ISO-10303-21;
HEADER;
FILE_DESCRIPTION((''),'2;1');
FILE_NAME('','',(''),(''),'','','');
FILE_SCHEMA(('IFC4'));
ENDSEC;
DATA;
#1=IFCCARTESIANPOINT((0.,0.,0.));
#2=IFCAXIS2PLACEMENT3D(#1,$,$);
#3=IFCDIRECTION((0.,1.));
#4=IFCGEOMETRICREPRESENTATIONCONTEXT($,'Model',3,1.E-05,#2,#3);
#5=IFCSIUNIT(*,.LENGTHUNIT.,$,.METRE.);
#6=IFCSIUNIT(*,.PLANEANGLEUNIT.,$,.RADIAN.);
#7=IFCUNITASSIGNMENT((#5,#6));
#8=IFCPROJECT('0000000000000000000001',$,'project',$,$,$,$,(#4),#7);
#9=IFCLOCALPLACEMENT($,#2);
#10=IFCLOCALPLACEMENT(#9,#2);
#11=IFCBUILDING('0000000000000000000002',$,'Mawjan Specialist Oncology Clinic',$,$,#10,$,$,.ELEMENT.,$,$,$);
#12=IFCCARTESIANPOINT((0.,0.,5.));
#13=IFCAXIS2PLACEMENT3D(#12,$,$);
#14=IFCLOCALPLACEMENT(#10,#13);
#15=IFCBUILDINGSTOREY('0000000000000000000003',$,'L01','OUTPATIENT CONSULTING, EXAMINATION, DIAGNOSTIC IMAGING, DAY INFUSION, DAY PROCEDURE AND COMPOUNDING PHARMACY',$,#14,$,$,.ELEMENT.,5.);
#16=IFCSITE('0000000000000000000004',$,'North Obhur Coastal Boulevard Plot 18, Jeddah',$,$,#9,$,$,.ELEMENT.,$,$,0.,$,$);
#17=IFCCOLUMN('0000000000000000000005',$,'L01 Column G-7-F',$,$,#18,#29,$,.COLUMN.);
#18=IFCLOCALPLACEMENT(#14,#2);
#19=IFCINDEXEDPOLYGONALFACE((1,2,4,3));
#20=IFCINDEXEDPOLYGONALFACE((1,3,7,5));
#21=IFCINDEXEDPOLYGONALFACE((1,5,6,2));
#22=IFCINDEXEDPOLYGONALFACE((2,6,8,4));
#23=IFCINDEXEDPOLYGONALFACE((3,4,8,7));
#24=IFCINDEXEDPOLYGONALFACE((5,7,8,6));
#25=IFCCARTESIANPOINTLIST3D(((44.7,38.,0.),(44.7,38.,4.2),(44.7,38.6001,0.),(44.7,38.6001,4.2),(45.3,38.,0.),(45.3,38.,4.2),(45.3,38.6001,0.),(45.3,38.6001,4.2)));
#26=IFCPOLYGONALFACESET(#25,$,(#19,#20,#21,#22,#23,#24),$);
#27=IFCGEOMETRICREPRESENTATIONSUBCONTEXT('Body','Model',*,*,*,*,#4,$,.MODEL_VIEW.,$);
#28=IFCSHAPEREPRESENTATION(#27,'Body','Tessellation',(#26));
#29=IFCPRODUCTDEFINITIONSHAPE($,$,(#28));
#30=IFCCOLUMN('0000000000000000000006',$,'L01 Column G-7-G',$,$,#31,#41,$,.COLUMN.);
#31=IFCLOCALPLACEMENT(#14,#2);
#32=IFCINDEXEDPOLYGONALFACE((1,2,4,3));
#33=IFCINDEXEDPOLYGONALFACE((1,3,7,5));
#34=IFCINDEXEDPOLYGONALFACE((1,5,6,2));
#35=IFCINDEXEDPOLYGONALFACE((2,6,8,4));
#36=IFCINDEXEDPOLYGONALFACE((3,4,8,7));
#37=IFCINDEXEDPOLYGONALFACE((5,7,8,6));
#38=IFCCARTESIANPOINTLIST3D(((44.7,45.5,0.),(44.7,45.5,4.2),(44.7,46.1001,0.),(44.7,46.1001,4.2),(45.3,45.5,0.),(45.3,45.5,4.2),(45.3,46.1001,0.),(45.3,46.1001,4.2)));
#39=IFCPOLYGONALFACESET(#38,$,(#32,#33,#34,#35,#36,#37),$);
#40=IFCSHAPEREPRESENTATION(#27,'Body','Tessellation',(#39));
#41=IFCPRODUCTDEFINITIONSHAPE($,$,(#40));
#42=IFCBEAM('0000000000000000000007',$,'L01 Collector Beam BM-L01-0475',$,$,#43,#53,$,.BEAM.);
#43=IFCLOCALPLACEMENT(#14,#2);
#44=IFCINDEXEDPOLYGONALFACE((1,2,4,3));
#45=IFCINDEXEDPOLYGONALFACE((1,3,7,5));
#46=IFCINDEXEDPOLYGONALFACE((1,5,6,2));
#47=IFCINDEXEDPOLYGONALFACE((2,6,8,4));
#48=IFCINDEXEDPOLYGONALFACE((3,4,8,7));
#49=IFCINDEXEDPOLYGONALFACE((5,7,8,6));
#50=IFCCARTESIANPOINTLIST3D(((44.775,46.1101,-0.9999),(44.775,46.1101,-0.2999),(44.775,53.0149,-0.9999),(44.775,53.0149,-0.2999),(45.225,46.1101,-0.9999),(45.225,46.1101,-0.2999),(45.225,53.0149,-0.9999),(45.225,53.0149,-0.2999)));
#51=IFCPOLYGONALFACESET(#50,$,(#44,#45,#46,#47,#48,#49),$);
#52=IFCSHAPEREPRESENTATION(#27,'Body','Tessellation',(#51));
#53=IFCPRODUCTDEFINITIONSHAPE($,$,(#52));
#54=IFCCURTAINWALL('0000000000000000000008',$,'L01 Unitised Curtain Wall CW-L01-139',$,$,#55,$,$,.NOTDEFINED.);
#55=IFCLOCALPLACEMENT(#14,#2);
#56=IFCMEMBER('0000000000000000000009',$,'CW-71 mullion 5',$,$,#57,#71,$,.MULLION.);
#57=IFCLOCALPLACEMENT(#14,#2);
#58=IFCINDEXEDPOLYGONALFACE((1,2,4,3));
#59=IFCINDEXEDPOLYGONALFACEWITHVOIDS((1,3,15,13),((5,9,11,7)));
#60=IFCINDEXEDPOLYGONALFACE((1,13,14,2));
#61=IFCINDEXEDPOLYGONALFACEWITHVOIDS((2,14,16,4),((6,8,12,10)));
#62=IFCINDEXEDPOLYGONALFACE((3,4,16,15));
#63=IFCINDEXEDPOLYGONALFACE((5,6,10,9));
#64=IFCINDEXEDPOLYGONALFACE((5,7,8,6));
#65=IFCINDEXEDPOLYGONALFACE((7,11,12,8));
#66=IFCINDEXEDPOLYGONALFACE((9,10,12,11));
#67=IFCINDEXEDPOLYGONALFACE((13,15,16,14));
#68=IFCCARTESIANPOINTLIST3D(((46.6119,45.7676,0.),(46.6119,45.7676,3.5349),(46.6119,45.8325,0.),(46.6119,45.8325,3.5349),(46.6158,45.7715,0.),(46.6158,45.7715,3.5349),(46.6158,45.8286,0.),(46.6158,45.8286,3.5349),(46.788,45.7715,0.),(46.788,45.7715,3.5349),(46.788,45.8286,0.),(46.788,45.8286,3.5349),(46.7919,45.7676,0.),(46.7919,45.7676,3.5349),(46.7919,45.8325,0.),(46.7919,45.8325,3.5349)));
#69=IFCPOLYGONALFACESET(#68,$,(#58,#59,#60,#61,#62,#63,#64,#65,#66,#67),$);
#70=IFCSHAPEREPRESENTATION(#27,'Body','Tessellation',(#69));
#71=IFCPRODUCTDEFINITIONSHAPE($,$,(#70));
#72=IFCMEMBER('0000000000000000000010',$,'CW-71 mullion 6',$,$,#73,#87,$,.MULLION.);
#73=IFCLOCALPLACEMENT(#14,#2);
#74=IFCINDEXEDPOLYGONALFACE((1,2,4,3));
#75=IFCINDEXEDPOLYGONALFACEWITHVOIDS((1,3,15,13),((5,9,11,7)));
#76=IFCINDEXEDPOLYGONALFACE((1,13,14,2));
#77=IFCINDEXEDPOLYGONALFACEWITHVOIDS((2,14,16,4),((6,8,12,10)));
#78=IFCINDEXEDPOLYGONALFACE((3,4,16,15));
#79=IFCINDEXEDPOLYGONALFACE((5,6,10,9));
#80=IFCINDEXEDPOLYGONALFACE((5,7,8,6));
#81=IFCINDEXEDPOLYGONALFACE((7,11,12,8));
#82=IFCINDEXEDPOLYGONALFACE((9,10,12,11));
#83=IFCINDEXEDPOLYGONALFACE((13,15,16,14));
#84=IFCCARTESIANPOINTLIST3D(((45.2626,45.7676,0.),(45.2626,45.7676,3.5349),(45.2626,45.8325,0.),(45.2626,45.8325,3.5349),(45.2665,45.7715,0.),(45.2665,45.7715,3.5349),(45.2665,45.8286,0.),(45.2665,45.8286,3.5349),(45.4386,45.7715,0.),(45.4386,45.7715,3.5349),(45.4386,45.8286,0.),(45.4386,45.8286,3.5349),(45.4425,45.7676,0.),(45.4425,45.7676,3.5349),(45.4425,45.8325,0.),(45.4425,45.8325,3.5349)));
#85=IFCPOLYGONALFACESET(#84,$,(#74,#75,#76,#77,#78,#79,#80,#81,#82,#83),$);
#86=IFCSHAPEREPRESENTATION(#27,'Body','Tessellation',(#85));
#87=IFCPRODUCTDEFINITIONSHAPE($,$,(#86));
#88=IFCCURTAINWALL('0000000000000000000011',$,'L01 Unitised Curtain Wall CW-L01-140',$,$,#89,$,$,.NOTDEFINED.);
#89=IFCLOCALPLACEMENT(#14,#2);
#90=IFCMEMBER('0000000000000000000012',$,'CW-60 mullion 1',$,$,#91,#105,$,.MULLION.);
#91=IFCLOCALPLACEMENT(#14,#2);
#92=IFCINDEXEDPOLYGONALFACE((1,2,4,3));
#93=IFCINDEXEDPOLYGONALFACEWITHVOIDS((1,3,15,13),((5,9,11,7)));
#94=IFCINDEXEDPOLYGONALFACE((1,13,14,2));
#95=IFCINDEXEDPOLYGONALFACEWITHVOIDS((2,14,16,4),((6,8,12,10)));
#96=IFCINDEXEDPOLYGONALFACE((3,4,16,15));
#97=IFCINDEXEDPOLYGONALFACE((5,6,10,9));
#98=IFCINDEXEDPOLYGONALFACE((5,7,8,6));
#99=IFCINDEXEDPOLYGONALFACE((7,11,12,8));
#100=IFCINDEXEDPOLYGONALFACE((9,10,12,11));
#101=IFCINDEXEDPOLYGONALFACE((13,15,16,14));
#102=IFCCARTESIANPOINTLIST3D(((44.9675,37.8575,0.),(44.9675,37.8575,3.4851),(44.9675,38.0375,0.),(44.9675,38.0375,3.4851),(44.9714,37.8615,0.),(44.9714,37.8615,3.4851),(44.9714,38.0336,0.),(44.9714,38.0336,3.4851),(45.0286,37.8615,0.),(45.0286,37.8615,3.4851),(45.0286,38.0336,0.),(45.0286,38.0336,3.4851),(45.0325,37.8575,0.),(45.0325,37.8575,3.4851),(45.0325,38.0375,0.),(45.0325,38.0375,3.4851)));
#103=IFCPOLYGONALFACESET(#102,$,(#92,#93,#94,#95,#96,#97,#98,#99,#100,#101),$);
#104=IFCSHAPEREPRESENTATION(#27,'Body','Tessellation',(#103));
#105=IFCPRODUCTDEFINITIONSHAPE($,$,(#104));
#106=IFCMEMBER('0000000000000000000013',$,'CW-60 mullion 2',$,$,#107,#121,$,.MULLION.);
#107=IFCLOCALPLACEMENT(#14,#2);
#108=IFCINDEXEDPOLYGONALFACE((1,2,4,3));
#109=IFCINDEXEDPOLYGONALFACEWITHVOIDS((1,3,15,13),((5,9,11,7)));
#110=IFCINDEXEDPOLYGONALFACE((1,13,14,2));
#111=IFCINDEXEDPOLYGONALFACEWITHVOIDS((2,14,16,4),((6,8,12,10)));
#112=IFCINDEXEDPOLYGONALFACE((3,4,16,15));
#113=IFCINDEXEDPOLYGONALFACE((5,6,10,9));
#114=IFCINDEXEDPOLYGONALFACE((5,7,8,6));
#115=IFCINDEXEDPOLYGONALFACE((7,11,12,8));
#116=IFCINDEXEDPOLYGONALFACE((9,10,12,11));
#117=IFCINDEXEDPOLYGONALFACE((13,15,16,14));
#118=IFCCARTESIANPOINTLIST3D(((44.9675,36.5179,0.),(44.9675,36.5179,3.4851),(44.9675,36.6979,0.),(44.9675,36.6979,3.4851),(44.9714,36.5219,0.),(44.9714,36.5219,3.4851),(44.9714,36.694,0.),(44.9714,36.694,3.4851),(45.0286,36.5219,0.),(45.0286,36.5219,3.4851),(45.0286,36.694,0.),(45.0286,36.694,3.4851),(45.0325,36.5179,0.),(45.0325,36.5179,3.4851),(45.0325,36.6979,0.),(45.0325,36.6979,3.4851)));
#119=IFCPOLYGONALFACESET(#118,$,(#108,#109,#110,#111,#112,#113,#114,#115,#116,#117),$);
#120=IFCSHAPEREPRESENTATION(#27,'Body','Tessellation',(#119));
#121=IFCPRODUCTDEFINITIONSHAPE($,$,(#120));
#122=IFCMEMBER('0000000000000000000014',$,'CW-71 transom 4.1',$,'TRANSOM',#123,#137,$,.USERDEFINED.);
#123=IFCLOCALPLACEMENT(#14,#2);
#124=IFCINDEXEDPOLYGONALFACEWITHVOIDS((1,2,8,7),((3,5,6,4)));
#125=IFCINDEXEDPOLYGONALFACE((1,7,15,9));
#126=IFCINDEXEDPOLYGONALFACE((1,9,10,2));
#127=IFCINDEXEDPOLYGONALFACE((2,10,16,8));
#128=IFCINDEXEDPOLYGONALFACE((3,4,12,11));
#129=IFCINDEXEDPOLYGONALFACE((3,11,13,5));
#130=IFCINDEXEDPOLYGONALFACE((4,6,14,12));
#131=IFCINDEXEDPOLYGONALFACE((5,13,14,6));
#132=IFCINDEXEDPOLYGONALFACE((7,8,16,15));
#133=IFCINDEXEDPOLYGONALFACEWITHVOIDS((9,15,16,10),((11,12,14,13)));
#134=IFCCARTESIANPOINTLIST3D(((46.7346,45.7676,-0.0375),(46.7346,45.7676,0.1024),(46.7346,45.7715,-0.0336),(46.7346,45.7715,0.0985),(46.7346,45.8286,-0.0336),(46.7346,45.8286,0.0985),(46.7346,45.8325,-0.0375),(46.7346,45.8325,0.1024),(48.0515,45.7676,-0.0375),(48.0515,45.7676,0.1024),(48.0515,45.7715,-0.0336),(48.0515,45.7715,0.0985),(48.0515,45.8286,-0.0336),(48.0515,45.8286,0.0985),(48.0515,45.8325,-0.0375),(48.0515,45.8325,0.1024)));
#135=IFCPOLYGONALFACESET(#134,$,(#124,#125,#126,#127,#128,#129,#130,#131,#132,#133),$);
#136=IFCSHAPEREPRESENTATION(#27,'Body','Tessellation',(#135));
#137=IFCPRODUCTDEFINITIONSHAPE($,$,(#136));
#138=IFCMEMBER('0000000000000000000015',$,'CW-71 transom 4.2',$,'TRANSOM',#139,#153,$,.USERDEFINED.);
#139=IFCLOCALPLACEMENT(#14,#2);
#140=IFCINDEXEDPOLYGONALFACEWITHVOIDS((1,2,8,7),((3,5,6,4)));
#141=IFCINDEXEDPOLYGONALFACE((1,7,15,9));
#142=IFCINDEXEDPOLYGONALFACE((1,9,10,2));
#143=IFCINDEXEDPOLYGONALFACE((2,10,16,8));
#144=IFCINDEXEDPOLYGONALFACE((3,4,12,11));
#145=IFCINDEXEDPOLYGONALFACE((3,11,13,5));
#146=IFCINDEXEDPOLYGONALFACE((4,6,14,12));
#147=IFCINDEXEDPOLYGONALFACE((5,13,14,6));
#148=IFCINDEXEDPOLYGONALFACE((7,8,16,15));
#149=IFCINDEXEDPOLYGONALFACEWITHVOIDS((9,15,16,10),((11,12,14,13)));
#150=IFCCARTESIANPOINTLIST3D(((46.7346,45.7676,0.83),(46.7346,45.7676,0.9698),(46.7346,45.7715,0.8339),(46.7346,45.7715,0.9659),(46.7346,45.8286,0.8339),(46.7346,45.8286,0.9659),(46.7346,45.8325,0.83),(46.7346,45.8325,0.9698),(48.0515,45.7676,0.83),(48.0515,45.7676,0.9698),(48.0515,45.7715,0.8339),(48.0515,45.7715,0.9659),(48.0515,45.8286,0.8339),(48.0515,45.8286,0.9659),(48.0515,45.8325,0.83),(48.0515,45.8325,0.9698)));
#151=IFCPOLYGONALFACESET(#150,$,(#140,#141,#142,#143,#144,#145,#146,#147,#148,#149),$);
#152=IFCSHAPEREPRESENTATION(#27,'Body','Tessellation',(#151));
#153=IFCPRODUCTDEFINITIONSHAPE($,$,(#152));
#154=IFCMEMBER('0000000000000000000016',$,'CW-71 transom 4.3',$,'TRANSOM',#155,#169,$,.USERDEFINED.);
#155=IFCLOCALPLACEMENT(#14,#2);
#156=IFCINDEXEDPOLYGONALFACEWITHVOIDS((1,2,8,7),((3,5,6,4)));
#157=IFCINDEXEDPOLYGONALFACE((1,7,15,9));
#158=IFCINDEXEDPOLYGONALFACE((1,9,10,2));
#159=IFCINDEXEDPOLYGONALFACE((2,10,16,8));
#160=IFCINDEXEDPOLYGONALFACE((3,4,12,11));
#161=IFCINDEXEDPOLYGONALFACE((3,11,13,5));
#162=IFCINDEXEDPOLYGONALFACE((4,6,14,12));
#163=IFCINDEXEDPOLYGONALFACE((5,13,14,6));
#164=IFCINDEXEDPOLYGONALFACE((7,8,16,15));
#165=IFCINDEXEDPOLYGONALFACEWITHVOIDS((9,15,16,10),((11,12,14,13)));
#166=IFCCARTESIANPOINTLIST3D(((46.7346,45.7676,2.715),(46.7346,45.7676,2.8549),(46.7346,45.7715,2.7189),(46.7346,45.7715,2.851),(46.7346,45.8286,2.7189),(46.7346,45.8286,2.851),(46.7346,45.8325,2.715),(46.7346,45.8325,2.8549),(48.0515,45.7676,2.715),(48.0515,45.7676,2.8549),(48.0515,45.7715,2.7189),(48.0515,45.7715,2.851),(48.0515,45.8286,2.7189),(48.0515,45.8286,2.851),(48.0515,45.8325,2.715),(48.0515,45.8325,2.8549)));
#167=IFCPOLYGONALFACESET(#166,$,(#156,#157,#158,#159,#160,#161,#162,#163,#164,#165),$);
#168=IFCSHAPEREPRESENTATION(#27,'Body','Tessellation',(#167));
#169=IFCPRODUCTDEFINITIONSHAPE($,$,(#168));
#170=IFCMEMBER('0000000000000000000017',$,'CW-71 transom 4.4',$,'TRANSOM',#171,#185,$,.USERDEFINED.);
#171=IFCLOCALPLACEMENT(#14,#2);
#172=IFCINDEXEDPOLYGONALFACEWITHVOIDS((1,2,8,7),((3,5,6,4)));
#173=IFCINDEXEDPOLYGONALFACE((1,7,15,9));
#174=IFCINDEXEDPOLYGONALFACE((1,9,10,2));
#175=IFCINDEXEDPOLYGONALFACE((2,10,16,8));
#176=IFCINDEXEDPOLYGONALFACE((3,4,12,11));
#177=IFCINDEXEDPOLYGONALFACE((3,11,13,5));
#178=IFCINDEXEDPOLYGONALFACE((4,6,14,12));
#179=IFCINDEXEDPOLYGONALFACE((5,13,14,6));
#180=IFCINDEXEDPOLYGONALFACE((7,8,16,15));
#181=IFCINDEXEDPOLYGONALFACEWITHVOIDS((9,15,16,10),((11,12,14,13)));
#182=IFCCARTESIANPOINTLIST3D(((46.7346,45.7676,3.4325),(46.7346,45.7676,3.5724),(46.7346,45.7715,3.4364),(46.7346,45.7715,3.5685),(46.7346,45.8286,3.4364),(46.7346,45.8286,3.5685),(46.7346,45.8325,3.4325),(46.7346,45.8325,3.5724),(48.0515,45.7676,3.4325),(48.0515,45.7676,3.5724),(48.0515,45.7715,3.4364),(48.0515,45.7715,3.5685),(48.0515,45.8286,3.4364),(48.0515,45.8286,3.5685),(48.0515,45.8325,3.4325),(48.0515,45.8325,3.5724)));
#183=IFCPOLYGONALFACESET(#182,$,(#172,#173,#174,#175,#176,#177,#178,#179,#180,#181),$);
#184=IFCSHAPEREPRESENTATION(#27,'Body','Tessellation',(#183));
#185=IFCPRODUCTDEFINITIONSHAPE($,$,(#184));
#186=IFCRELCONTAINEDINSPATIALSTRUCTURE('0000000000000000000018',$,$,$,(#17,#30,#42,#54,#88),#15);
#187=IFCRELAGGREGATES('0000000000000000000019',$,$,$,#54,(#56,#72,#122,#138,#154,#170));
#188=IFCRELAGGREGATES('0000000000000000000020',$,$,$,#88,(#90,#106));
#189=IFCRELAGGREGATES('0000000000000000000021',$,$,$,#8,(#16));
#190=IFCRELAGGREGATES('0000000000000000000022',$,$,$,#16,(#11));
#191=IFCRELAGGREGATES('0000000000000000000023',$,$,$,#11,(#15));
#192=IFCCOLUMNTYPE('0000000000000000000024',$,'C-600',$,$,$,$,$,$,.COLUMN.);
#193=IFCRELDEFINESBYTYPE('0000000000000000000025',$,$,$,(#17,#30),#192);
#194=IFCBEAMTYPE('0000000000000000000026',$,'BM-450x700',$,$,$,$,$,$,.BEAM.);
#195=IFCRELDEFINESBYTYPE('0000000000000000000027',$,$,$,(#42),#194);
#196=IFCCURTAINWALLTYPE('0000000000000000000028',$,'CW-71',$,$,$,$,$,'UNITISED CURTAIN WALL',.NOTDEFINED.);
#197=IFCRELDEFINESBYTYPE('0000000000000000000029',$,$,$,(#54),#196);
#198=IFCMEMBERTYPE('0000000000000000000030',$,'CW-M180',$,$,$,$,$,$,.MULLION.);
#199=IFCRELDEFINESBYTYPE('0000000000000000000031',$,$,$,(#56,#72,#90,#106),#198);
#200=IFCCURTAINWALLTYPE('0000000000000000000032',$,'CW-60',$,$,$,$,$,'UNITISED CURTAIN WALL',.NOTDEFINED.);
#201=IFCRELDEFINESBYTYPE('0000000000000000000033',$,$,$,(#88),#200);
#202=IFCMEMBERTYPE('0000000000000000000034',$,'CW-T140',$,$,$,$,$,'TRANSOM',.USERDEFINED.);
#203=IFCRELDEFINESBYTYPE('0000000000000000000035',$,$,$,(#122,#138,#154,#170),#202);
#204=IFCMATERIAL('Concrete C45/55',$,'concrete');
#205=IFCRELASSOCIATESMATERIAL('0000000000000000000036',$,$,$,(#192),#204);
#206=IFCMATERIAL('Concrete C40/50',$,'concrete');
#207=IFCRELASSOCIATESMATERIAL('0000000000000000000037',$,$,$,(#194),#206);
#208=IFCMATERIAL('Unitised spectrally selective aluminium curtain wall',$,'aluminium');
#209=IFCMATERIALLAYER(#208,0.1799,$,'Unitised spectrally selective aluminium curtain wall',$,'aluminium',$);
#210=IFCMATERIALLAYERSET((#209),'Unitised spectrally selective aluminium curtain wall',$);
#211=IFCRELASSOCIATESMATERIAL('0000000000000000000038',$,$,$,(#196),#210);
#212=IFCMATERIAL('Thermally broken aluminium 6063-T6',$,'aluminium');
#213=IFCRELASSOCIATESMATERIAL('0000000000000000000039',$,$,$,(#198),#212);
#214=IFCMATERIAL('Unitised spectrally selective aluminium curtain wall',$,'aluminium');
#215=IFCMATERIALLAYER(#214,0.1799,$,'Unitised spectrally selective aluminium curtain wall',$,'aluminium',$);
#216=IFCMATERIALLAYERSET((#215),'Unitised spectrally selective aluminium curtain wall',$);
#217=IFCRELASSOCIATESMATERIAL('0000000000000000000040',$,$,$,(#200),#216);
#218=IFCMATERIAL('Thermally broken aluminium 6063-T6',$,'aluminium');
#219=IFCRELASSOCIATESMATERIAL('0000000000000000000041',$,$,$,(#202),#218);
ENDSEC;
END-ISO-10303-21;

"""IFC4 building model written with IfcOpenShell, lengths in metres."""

from ifc_helpers import new_model, si_unit, direction, frame, origin, origin_2d, place, context, subcontext, project, spatial, rectangle, hollow_rectangle, extrude, material, layer, layer_set, material_profile, profile_set, type_object, element, aggregate, save


model = new_model("IFC4")

# Units and contexts
model_context = context("Model", 3, precision=1e-05, world=origin(), true_north=direction((0.0, 1.0)))
body_context = subcontext(model_context, "Body", "Model", "MODEL_VIEW")
ifc_project = project(units=[si_unit("LENGTHUNIT", "METRE"), si_unit("PLANEANGLEUNIT", "RADIAN")], contexts=[model_context])

# Site, building, storey
site_placement = place(None, origin())
site = spatial("IfcSite", under=ifc_project, at=site_placement, Name="North Obhur Coastal Boulevard Plot 18, Jeddah", CompositionType="ELEMENT", RefElevation=0.0)
building_placement = place(site_placement, origin())
building = spatial("IfcBuilding", under=site, at=building_placement, Name="Mawjan Specialist Oncology Clinic", CompositionType="ELEMENT")
storey_placement = place(building_placement, frame((0.0, 0.0, 5.0)))
storey = spatial("IfcBuildingStorey", under=building, at=storey_placement, Name="L01", Description="OUTPATIENT CONSULTING, EXAMINATION, DIAGNOSTIC IMAGING, DAY INFUSION, DAY PROCEDURE AND COMPOUNDING PHARMACY", CompositionType="ELEMENT", Elevation=5.0)

# Columns
ifc_material_1 = material(Name="Concrete C45/55", Category="concrete")
ifc_material_profile_1 = material_profile(ifc_material_1, rectangle(XDim=0.6001, YDim=0.6001, at=origin_2d()), Name="RC COL 600x600", Category="concrete")
ifc_profile_set_1 = profile_set([ifc_material_profile_1], Name="Concrete C45/55")
column_type = type_object("IfcColumnType", Name="C-600", PredefinedType="COLUMN", material=ifc_profile_set_1)
for number, where, z_axis, x_axis, name in (
    (1, (45.0, 38.3, 0.0), (0.0, 0.0, 1.0), (1.0, 0.0, 0.0), "L01 Column G-7-F"),
    (2, (45.0, 45.8, 0.0), (0.0, 0.0, 1.0), (1.0, 0.0, 0.0), "L01 Column G-7-G"),
):
    element("IfcColumn", number, at=place(storey_placement, frame(where, z_axis=z_axis, x_axis=x_axis)), inside=storey, type_object=column_type, Name=name, PredefinedType="COLUMN", context=body_context, shape_type="SweptSolid", body=[
        extrude(rectangle(XDim=0.6001, YDim=0.6001, at=origin_2d()), origin(), (0.0, 0.0, 1.0), 4.2),
    ])

# Beam
ifc_material_2 = material(Name="Concrete C40/50", Category="concrete")
ifc_material_profile_2 = material_profile(ifc_material_2, rectangle(XDim=0.45, YDim=0.7, at=origin_2d()), Name="RC BM 450x700", Category="concrete")
ifc_profile_set_2 = profile_set([ifc_material_profile_2], Name="Concrete C40/50")
beam_type_1 = type_object("IfcBeamType", Name="BM-450x700", PredefinedType="BEAM", material=ifc_profile_set_2)
beam_1_placement = place(storey_placement, frame((45.0, 46.1101, -0.6499), z_axis=(0.0, 1.0, 0.0), x_axis=(-1.0, 0.0, 0.0)))
element("IfcBeam", 3, at=beam_1_placement, inside=storey, type_object=beam_type_1, Name="L01 Collector Beam BM-L01-0475", PredefinedType="BEAM", context=body_context, shape_type="SweptSolid", body=[
    extrude(rectangle(XDim=0.45, YDim=0.7, at=origin_2d()), origin(), (0.0, 0.0, 1.0), 6.9048),
])

# Curtain walls, members
ifc_material_3 = material(Name="Unitised spectrally selective aluminium curtain wall", Category="aluminium")
ifc_layer_1 = layer(ifc_material_3, 0.1799, Name="Unitised spectrally selective aluminium curtain wall", Category="aluminium")
ifc_layer_set_1 = layer_set([ifc_layer_1], Name="Unitised spectrally selective aluminium curtain wall")
curtain_wall_type_1 = type_object("IfcCurtainWallType", Name="CW-71", ElementType="UNITISED CURTAIN WALL", PredefinedType="NOTDEFINED", material=ifc_layer_set_1)
curtain_wall_1_placement = place(storey_placement, origin())
curtain_wall_1 = element("IfcCurtainWall", 4, at=curtain_wall_1_placement, inside=storey, type_object=curtain_wall_type_1, Name="L01 Unitised Curtain Wall CW-L01-139", PredefinedType="NOTDEFINED")
ifc_material_4 = material(Name="Thermally broken aluminium 6063-T6", Category="aluminium")
ifc_material_profile_3 = material_profile(ifc_material_4, hollow_rectangle(XDim=0.0649, YDim=0.1799, WallThickness=0.0039, at=origin_2d()), Name="ALU MULLION 180x65x4", Category="aluminium")
ifc_profile_set_3 = profile_set([ifc_material_profile_3], Name="Thermally broken aluminium 6063-T6")
member_type_1 = type_object("IfcMemberType", Name="CW-M180", PredefinedType="MULLION", material=ifc_profile_set_3)
member_1_placement = place(storey_placement, frame((46.7019, 45.8, 0.0), z_axis=(0.0, 0.0, 1.0), x_axis=(0.0, -1.0, 0.0)))
member_1 = element("IfcMember", 5, at=member_1_placement, type_object=member_type_1, Name="CW-71 mullion 5", PredefinedType="MULLION", context=body_context, shape_type="SweptSolid", body=[
    extrude(hollow_rectangle(XDim=0.0649, YDim=0.1799, WallThickness=0.0039, at=origin_2d()), origin(), (0.0, 0.0, 1.0), 3.5349),
])
member_2_placement = place(storey_placement, frame((45.3525, 45.8, 0.0), z_axis=(0.0, 0.0, 1.0), x_axis=(0.0, -1.0, 0.0)))
member_2 = element("IfcMember", 6, at=member_2_placement, type_object=member_type_1, Name="CW-71 mullion 6", PredefinedType="MULLION", context=body_context, shape_type="SweptSolid", body=[
    extrude(hollow_rectangle(XDim=0.0649, YDim=0.1799, WallThickness=0.0039, at=origin_2d()), origin(), (0.0, 0.0, 1.0), 3.5349),
])
ifc_material_5 = material(Name="Unitised spectrally selective aluminium curtain wall", Category="aluminium")
ifc_layer_2 = layer(ifc_material_5, 0.1799, Name="Unitised spectrally selective aluminium curtain wall", Category="aluminium")
ifc_layer_set_2 = layer_set([ifc_layer_2], Name="Unitised spectrally selective aluminium curtain wall")
curtain_wall_type_2 = type_object("IfcCurtainWallType", Name="CW-60", ElementType="UNITISED CURTAIN WALL", PredefinedType="NOTDEFINED", material=ifc_layer_set_2)
curtain_wall_2_placement = place(storey_placement, origin())
curtain_wall_2 = element("IfcCurtainWall", 7, at=curtain_wall_2_placement, inside=storey, type_object=curtain_wall_type_2, Name="L01 Unitised Curtain Wall CW-L01-140", PredefinedType="NOTDEFINED")
member_3_placement = place(storey_placement, frame((45.0, 37.9475, 0.0), z_axis=(0.0, 0.0, 1.0), x_axis=(1.0, 0.0, 0.0)))
member_3 = element("IfcMember", 8, at=member_3_placement, type_object=member_type_1, Name="CW-60 mullion 1", PredefinedType="MULLION", context=body_context, shape_type="SweptSolid", body=[
    extrude(hollow_rectangle(XDim=0.0649, YDim=0.1799, WallThickness=0.0039, at=origin_2d()), origin(), (0.0, 0.0, 1.0), 3.4851),
])
member_4_placement = place(storey_placement, frame((45.0, 36.6079, 0.0), z_axis=(0.0, 0.0, 1.0), x_axis=(1.0, 0.0, 0.0)))
member_4 = element("IfcMember", 9, at=member_4_placement, type_object=member_type_1, Name="CW-60 mullion 2", PredefinedType="MULLION", context=body_context, shape_type="SweptSolid", body=[
    extrude(hollow_rectangle(XDim=0.0649, YDim=0.1799, WallThickness=0.0039, at=origin_2d()), origin(), (0.0, 0.0, 1.0), 3.4851),
])

# Members
ifc_material_6 = material(Name="Thermally broken aluminium 6063-T6", Category="aluminium")
ifc_material_profile_4 = material_profile(ifc_material_6, hollow_rectangle(XDim=0.0649, YDim=0.1399, WallThickness=0.0039, at=origin_2d()), Name="ALU TRANSOM 140x65x4", Category="aluminium")
ifc_profile_set_4 = profile_set([ifc_material_profile_4], Name="Thermally broken aluminium 6063-T6")
member_type_2 = type_object("IfcMemberType", Name="CW-T140", ElementType="TRANSOM", PredefinedType="USERDEFINED", material=ifc_profile_set_4)
member_5_placement = place(storey_placement, frame((48.0515, 45.8, 0.0325), z_axis=(-1.0, 0.0, 0.0), x_axis=(0.0, -1.0, 0.0)))
member_5 = element("IfcMember", 10, at=member_5_placement, type_object=member_type_2, Name="CW-71 transom 4.1", ObjectType="TRANSOM", PredefinedType="USERDEFINED", context=body_context, shape_type="SweptSolid", body=[
    extrude(hollow_rectangle(XDim=0.0649, YDim=0.1399, WallThickness=0.0039, at=origin_2d()), origin(), (0.0, 0.0, 1.0), 1.3169),
])
member_6_placement = place(storey_placement, frame((48.0515, 45.8, 0.8999), z_axis=(-1.0, 0.0, 0.0), x_axis=(0.0, -1.0, 0.0)))
member_6 = element("IfcMember", 11, at=member_6_placement, type_object=member_type_2, Name="CW-71 transom 4.2", ObjectType="TRANSOM", PredefinedType="USERDEFINED", context=body_context, shape_type="SweptSolid", body=[
    extrude(hollow_rectangle(XDim=0.0649, YDim=0.1399, WallThickness=0.0039, at=origin_2d()), origin(), (0.0, 0.0, 1.0), 1.3169),
])
member_7_placement = place(storey_placement, frame((48.0515, 45.8, 2.7849), z_axis=(-1.0, 0.0, 0.0), x_axis=(0.0, -1.0, 0.0)))
member_7 = element("IfcMember", 12, at=member_7_placement, type_object=member_type_2, Name="CW-71 transom 4.3", ObjectType="TRANSOM", PredefinedType="USERDEFINED", context=body_context, shape_type="SweptSolid", body=[
    extrude(hollow_rectangle(XDim=0.0649, YDim=0.1399, WallThickness=0.0039, at=origin_2d()), origin(), (0.0, 0.0, 1.0), 1.3169),
])
member_8_placement = place(storey_placement, frame((48.0515, 45.8, 3.5024), z_axis=(-1.0, 0.0, 0.0), x_axis=(0.0, -1.0, 0.0)))
member_8 = element("IfcMember", 13, at=member_8_placement, type_object=member_type_2, Name="CW-71 transom 4.4", ObjectType="TRANSOM", PredefinedType="USERDEFINED", context=body_context, shape_type="SweptSolid", body=[
    extrude(hollow_rectangle(XDim=0.0649, YDim=0.1399, WallThickness=0.0039, at=origin_2d()), origin(), (0.0, 0.0, 1.0), 1.3169),
])

aggregate(curtain_wall_1, [member_1, member_2, member_5, member_6, member_7, member_8])
aggregate(curtain_wall_2, [member_3, member_4])

save(model, "model.ifc")
